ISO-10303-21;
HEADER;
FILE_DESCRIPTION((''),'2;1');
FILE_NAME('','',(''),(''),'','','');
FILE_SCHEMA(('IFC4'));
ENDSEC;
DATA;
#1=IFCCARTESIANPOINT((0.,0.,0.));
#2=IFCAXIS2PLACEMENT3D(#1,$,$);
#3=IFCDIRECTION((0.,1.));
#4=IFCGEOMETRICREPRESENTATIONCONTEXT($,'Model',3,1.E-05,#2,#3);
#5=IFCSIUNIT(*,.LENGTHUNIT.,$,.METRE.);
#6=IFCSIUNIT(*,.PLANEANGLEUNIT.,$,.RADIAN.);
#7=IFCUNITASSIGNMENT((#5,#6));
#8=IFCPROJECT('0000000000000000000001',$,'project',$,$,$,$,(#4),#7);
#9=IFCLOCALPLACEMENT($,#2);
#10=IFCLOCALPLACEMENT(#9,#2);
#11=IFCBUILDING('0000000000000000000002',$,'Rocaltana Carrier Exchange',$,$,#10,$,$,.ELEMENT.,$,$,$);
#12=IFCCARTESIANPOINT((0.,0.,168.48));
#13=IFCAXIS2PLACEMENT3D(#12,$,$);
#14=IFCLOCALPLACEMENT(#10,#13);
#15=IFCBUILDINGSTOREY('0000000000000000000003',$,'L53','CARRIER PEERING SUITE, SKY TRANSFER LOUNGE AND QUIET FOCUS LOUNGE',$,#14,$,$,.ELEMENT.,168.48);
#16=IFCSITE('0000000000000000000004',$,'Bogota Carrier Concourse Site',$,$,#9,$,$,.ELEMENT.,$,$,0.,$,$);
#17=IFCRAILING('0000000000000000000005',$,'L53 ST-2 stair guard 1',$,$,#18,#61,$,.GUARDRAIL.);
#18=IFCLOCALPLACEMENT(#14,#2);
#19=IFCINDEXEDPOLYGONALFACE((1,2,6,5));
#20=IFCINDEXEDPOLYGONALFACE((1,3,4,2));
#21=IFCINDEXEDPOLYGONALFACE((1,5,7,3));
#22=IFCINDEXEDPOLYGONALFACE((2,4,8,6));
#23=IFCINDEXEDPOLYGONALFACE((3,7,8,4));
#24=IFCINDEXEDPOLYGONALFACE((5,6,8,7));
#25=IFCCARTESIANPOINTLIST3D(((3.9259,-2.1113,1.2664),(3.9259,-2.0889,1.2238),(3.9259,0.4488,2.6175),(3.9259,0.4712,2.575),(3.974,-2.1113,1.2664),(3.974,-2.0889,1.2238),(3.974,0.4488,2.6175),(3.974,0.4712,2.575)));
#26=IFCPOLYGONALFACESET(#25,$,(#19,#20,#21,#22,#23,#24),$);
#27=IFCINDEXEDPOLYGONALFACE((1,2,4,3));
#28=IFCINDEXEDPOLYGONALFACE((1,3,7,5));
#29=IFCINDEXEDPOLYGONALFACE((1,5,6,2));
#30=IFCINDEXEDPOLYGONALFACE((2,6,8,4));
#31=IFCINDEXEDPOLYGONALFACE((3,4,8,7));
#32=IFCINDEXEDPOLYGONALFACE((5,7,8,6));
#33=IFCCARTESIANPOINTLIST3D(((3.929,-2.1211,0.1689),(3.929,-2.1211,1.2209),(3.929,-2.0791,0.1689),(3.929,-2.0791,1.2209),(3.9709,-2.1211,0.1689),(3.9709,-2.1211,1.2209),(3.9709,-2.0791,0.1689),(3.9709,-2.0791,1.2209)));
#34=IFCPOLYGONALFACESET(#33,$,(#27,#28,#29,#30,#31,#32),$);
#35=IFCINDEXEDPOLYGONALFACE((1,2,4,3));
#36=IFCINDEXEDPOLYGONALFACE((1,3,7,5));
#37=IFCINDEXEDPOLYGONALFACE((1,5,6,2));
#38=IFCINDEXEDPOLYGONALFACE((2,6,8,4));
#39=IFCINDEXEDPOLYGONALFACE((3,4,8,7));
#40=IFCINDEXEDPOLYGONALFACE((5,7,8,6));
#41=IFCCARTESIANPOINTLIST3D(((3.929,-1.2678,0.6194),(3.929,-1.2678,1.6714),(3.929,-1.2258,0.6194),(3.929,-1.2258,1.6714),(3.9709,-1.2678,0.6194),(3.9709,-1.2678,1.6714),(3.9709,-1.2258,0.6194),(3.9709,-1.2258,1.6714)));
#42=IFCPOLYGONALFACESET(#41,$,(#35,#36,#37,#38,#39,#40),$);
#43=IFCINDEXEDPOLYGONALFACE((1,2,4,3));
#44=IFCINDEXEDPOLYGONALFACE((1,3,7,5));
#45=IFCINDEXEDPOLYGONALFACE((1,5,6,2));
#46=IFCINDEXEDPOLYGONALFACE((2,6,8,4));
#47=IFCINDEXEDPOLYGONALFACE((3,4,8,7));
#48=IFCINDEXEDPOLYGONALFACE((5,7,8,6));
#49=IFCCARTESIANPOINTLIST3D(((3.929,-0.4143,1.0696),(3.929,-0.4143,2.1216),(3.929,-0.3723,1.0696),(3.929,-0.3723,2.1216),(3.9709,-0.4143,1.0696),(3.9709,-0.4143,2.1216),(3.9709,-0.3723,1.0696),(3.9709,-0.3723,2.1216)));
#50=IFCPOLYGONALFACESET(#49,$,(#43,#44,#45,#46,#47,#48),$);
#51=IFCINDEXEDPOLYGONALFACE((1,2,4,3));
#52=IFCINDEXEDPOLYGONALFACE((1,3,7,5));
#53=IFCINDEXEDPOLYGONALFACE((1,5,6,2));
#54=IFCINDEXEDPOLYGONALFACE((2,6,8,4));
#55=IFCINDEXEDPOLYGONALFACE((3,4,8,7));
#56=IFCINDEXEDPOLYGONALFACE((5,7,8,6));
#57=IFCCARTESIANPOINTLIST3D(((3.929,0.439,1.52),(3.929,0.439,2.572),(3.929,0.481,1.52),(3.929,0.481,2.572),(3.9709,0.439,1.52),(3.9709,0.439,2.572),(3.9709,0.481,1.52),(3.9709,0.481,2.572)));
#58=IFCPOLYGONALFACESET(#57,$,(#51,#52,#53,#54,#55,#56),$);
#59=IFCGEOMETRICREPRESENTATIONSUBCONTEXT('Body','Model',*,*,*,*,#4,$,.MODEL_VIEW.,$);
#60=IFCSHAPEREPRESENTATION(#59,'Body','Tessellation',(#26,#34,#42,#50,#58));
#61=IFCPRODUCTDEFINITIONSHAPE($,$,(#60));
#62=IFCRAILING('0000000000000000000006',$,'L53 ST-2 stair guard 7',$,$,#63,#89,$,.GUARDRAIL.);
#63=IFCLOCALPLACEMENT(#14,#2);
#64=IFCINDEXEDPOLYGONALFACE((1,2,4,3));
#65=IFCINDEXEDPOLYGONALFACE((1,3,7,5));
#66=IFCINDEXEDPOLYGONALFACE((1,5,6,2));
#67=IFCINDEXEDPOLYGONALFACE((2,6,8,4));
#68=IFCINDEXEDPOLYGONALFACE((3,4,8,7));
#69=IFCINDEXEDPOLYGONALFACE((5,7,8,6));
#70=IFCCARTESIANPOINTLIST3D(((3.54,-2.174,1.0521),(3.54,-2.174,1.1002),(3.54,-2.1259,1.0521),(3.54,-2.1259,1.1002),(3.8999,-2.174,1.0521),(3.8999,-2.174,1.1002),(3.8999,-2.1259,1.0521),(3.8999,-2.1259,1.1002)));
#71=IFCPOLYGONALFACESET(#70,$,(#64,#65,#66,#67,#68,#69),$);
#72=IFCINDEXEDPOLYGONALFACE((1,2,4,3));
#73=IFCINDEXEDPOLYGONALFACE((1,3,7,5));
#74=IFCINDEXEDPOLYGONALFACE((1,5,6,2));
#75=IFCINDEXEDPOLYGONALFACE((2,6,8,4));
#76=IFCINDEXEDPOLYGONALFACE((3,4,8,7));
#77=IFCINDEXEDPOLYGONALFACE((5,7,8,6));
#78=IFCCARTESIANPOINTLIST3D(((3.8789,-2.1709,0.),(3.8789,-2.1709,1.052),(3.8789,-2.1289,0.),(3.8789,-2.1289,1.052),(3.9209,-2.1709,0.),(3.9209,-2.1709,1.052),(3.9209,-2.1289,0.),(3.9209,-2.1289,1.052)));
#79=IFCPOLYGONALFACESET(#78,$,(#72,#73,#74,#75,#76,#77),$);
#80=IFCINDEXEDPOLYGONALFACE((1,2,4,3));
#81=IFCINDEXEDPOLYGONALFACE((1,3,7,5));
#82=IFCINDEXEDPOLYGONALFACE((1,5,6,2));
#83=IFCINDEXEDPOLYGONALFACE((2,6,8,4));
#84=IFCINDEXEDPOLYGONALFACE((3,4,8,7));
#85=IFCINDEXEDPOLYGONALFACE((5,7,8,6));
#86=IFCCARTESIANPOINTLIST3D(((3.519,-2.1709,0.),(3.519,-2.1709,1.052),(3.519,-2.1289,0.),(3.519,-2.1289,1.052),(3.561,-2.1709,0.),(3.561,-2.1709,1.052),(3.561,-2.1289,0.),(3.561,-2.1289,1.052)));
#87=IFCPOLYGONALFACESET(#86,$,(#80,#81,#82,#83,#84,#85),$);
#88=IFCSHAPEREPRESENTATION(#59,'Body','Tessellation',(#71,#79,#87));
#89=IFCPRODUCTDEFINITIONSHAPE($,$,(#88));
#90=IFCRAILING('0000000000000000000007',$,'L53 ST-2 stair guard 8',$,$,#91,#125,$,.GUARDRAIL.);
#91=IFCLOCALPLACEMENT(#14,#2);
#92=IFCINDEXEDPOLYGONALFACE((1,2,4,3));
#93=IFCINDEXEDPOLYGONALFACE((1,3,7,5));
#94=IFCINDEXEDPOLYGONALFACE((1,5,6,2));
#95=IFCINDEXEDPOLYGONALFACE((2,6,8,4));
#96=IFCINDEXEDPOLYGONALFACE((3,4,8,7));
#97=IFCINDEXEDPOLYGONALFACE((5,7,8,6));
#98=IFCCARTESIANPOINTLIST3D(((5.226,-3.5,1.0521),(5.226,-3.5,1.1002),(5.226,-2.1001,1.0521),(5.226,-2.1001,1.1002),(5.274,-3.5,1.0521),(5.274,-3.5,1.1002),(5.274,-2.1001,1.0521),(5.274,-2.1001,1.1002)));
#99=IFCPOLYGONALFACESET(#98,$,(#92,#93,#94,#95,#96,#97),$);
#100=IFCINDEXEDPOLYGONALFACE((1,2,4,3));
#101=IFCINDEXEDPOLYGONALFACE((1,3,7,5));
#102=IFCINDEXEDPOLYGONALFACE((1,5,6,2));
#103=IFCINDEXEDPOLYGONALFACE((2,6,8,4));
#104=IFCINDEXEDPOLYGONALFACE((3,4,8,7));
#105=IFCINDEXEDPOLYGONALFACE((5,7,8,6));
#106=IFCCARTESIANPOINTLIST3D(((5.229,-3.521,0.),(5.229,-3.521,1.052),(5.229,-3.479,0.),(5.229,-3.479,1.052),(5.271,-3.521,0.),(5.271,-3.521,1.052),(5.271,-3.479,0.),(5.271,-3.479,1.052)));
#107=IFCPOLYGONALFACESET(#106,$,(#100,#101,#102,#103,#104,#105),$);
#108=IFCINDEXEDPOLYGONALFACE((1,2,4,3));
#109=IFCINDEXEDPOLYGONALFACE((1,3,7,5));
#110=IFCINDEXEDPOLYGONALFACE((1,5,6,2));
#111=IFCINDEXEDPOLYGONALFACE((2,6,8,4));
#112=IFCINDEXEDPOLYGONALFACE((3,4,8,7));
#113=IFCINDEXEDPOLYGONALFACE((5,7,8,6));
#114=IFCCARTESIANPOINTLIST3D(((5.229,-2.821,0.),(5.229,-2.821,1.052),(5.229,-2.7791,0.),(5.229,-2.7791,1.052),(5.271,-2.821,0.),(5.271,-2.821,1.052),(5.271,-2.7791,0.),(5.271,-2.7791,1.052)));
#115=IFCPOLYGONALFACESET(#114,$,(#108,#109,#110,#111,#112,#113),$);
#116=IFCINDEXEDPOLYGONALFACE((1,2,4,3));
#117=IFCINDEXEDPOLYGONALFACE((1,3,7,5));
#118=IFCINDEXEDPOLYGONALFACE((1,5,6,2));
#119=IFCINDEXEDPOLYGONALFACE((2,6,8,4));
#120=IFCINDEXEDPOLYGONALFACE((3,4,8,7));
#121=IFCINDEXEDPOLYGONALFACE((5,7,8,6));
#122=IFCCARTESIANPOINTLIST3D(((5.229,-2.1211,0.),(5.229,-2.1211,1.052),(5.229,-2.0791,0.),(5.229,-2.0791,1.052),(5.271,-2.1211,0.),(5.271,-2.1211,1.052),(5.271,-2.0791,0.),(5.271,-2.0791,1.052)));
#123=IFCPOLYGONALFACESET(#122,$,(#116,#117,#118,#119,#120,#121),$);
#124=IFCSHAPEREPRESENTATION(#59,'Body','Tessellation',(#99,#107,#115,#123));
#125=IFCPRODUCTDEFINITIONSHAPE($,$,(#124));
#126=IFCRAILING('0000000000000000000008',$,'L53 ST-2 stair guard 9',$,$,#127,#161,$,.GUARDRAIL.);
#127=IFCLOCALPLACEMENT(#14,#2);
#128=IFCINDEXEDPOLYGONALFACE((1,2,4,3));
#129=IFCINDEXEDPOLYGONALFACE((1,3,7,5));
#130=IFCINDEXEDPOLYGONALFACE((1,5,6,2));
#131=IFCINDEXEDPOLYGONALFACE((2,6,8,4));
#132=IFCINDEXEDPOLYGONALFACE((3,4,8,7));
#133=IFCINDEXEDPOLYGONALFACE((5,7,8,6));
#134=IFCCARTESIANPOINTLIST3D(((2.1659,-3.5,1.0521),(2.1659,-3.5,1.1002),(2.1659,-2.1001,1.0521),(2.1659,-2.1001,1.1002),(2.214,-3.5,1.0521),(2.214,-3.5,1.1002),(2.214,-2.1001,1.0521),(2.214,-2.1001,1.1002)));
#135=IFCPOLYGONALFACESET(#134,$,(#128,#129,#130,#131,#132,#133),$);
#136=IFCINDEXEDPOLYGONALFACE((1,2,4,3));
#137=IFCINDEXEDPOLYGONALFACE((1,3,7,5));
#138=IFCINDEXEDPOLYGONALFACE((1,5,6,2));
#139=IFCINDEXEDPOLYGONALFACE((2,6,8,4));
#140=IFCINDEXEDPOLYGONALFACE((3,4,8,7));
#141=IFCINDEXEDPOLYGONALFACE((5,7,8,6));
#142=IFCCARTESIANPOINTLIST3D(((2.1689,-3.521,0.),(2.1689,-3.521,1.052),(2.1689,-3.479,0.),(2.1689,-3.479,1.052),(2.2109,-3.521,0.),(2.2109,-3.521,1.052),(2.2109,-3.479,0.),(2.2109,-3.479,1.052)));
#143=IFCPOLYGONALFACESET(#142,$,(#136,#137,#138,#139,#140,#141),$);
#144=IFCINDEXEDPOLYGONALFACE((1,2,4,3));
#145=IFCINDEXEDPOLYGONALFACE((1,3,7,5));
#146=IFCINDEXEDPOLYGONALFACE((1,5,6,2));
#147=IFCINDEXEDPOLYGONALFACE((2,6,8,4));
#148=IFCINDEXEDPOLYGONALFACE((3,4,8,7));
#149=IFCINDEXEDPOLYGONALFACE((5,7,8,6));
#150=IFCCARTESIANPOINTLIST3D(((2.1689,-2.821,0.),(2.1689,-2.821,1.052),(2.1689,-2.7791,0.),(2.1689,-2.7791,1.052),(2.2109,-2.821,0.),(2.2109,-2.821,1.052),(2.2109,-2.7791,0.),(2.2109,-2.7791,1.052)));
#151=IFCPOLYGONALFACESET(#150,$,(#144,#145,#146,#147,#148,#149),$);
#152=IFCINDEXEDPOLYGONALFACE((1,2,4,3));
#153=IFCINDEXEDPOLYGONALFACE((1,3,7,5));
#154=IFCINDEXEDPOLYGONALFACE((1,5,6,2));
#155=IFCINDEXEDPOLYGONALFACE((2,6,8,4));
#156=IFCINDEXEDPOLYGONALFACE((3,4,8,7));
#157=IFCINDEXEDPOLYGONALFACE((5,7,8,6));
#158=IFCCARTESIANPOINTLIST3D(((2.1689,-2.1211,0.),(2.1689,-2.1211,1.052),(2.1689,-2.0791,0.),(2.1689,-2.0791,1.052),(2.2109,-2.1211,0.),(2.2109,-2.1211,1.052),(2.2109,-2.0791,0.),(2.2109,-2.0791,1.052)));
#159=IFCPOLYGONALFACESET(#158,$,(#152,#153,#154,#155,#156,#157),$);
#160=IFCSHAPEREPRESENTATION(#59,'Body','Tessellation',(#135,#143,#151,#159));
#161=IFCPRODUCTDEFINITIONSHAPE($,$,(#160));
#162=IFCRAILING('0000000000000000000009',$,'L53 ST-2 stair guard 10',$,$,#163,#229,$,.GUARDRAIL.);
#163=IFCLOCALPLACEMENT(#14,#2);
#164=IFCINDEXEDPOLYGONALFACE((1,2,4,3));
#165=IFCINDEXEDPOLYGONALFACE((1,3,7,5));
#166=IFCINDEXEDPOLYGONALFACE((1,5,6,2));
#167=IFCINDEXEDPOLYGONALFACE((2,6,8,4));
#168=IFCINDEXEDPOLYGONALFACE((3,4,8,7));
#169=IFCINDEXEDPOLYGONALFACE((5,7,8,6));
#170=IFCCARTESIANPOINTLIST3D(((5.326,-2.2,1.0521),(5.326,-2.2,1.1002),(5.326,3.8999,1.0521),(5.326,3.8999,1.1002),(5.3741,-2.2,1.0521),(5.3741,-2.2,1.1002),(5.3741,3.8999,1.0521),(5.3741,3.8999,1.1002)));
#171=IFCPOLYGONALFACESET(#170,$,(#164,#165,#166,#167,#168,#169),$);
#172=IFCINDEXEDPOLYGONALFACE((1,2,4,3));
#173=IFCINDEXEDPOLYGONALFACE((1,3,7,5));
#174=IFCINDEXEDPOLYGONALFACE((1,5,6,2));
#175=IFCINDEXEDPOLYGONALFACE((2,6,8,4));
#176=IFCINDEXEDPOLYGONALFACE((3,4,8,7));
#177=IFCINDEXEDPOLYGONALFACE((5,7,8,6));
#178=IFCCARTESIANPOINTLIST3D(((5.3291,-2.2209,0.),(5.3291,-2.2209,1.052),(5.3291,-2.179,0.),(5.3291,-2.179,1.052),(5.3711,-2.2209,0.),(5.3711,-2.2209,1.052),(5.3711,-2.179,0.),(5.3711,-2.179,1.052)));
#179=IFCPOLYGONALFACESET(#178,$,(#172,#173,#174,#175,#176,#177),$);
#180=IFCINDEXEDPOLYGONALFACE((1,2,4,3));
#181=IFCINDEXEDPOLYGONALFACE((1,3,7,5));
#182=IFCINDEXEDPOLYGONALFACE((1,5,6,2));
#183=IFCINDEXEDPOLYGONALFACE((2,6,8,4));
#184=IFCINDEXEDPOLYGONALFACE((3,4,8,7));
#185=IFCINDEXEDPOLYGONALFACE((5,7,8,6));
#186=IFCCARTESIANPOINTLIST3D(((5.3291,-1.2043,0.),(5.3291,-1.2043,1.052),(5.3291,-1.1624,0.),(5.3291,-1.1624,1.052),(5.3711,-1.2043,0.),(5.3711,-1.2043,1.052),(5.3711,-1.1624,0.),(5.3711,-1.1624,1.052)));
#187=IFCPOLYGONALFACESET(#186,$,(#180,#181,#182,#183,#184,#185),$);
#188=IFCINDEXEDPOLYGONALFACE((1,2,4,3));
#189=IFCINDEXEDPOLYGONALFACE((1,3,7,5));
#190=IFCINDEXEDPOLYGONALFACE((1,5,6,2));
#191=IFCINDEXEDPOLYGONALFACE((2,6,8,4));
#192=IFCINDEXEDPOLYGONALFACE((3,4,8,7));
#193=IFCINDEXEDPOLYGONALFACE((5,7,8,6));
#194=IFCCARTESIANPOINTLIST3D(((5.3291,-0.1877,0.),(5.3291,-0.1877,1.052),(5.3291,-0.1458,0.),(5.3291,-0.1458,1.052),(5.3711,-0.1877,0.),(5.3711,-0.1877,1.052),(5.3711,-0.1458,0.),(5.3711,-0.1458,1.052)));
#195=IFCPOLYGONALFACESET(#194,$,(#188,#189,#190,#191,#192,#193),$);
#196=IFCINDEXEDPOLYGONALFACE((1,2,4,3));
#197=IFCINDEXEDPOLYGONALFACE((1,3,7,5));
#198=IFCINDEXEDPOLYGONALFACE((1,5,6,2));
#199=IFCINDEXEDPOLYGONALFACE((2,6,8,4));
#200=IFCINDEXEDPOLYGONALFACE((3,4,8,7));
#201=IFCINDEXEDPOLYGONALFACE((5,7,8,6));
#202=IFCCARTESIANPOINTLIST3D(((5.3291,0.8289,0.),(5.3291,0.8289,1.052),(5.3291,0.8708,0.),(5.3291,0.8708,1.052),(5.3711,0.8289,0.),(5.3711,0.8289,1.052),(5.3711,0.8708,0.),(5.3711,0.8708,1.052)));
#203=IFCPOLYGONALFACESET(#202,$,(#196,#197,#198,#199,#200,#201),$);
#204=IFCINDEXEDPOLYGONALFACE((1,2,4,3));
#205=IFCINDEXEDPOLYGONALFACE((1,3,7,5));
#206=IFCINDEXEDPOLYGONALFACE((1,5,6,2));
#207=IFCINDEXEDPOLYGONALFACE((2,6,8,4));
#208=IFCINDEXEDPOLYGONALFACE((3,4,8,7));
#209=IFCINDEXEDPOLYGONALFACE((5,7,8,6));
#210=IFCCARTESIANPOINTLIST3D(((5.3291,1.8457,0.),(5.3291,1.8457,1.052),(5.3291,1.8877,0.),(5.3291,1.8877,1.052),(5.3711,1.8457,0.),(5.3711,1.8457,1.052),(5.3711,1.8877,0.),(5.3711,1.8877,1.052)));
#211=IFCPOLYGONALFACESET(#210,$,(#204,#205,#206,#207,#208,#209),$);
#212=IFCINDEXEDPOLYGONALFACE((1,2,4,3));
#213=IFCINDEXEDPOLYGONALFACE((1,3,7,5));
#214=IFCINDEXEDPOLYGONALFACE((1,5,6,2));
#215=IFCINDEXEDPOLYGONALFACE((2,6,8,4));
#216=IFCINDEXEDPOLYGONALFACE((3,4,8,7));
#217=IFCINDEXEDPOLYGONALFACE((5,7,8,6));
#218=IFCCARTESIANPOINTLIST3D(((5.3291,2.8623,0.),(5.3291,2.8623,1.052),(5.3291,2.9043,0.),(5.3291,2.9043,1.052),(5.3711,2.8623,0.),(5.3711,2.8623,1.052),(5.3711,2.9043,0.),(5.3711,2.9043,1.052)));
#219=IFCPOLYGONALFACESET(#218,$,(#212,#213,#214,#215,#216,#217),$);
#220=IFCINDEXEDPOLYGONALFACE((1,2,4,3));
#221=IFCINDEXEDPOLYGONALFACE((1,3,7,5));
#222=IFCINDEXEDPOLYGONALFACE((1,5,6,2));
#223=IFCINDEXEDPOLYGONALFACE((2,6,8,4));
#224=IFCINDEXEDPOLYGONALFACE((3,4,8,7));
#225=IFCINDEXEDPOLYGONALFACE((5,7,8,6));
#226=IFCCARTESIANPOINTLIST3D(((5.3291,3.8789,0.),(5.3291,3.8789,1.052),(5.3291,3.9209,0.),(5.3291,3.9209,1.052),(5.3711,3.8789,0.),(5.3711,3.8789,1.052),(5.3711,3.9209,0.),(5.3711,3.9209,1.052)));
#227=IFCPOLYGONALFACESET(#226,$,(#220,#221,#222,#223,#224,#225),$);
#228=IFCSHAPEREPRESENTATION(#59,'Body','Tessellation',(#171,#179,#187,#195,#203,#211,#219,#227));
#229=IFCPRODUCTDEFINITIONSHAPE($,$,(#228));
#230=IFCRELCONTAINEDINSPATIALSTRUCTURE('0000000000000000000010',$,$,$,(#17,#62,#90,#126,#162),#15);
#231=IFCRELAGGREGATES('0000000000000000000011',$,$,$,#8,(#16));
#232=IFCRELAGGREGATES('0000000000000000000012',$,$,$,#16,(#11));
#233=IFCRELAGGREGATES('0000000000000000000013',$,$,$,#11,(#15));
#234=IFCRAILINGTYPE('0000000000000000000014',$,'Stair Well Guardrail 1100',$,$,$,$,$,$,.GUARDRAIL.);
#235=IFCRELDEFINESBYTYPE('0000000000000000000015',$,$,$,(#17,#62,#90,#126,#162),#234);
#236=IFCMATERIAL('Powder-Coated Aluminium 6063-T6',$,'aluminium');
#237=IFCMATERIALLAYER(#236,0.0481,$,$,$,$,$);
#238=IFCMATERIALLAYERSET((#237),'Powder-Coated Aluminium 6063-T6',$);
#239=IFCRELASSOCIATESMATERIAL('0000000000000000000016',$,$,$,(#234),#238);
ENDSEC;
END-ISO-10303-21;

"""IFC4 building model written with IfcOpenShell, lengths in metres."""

from ifc_helpers import new_model, si_unit, direction, frame, origin, origin_2d, place, context, subcontext, project, spatial, rectangle, extrude, material, layer, layer_set, type_object, element, save


model = new_model("IFC4")

# Units and contexts
model_context = context("Model", 3, precision=1e-05, world=origin(), true_north=direction((0.0, 1.0)))
body_context = subcontext(model_context, "Body", "Model", "MODEL_VIEW")
ifc_project = project(units=[si_unit("LENGTHUNIT", "METRE"), si_unit("PLANEANGLEUNIT", "RADIAN")], contexts=[model_context])

# Site, building, storey
site_placement = place(None, origin())
site = spatial("IfcSite", under=ifc_project, at=site_placement, Name="Bogota Carrier Concourse Site", CompositionType="ELEMENT", RefElevation=0.0)
building_placement = place(site_placement, origin())
building = spatial("IfcBuilding", under=site, at=building_placement, Name="Rocaltana Carrier Exchange", CompositionType="ELEMENT")
storey_placement = place(building_placement, frame((0.0, 0.0, 168.48)))
storey = spatial("IfcBuildingStorey", under=building, at=storey_placement, Name="L53", Description="CARRIER PEERING SUITE, SKY TRANSFER LOUNGE AND QUIET FOCUS LOUNGE", CompositionType="ELEMENT", Elevation=168.48)

# Railings
ifc_material_1 = material(Name="Powder-Coated Aluminium 6063-T6", Category="aluminium")
ifc_layer_1 = layer(ifc_material_1, 0.0481)
ifc_layer_set_1 = layer_set([ifc_layer_1], Name="Powder-Coated Aluminium 6063-T6")
railing_type_1 = type_object("IfcRailingType", Name="Stair Well Guardrail 1100", PredefinedType="GUARDRAIL", material=ifc_layer_set_1)
railing_1_placement = place(storey_placement, frame((3.95, -2.1001, 0.1689)))
element("IfcRailing", 1, at=railing_1_placement, inside=storey, type_object=railing_type_1, Name="L53 ST-2 stair guard 1", PredefinedType="GUARDRAIL", context=body_context, shape_type="SweptSolid", body=[
    extrude(rectangle(XDim=0.0481, YDim=0.0481, at=origin_2d()), frame((0.0, 0.0, 1.0762), z_axis=(0.0, 0.884394, 0.46674), x_axis=(-1.0, 0.0, 0.0)), (0.0, 0.0, 1.0), 2.8948),
    extrude(rectangle(XDim=0.042, YDim=0.042, at=origin_2d()), origin(), (0.0, 0.0, 1.0), 1.052),
    extrude(rectangle(XDim=0.042, YDim=0.042, at=origin_2d()), frame((0.0, 0.8533, 0.4504)), (0.0, 0.0, 1.0), 1.052),
    extrude(rectangle(XDim=0.042, YDim=0.042, at=origin_2d()), frame((0.0, 1.7068, 0.9006)), (0.0, 0.0, 1.0), 1.052),
    extrude(rectangle(XDim=0.042, YDim=0.042, at=origin_2d()), frame((0.0, 2.5601, 1.3511)), (0.0, 0.0, 1.0), 1.052),
])
railing_2_placement = place(storey_placement, frame((3.8999, -2.1499, 0.0)))
element("IfcRailing", 2, at=railing_2_placement, inside=storey, type_object=railing_type_1, Name="L53 ST-2 stair guard 7", PredefinedType="GUARDRAIL", context=body_context, shape_type="SweptSolid", body=[
    extrude(rectangle(XDim=0.0481, YDim=0.0481, at=origin_2d()), frame((0.0, 0.0, 1.0762), z_axis=(-1.0, 0.0, 0.0), x_axis=(0.0, -1.0, 0.0)), (0.0, 0.0, 1.0), 0.3599),
    extrude(rectangle(XDim=0.042, YDim=0.042, at=origin_2d()), origin(), (0.0, 0.0, 1.0), 1.052),
    extrude(rectangle(XDim=0.042, YDim=0.042, at=origin_2d()), frame((-0.3599, 0.0, 0.0)), (0.0, 0.0, 1.0), 1.052),
])
for number, where, name in (
    (3, (5.25, -3.5, 0.0), "L53 ST-2 stair guard 8"),
    (4, (2.1899, -3.5, 0.0), "L53 ST-2 stair guard 9"),
):
    element("IfcRailing", number, at=place(storey_placement, frame(where)), inside=storey, type_object=railing_type_1, Name=name, PredefinedType="GUARDRAIL", context=body_context, shape_type="SweptSolid", body=[
        extrude(rectangle(XDim=0.0481, YDim=0.0481, at=origin_2d()), frame((0.0, 0.0, 1.0762), z_axis=(0.0, 1.0, 0.0), x_axis=(-1.0, 0.0, 0.0)), (0.0, 0.0, 1.0), 1.3999),
        extrude(rectangle(XDim=0.042, YDim=0.042, at=origin_2d()), origin(), (0.0, 0.0, 1.0), 1.052),
        extrude(rectangle(XDim=0.042, YDim=0.042, at=origin_2d()), frame((0.0, 0.7, 0.0)), (0.0, 0.0, 1.0), 1.052),
        extrude(rectangle(XDim=0.042, YDim=0.042, at=origin_2d()), frame((0.0, 1.3999, 0.0)), (0.0, 0.0, 1.0), 1.052),
    ])
for number, where, name in (
    (5, (5.3501, -2.2, 0.0), "L53 ST-2 stair guard 10"),
):
    element("IfcRailing", number, at=place(storey_placement, frame(where)), inside=storey, type_object=railing_type_1, Name=name, PredefinedType="GUARDRAIL", context=body_context, shape_type="SweptSolid", body=[
        extrude(rectangle(XDim=0.0481, YDim=0.0481, at=origin_2d()), frame((0.0, 0.0, 1.0762), z_axis=(0.0, 1.0, 0.0), x_axis=(-1.0, 0.0, 0.0)), (0.0, 0.0, 1.0), 6.0999),
        extrude(rectangle(XDim=0.042, YDim=0.042, at=origin_2d()), origin(), (0.0, 0.0, 1.0), 1.052),
        extrude(rectangle(XDim=0.042, YDim=0.042, at=origin_2d()), frame((0.0, 1.0166, 0.0)), (0.0, 0.0, 1.0), 1.052),
        extrude(rectangle(XDim=0.042, YDim=0.042, at=origin_2d()), frame((0.0, 2.0332, 0.0)), (0.0, 0.0, 1.0), 1.052),
        extrude(rectangle(XDim=0.042, YDim=0.042, at=origin_2d()), frame((0.0, 3.0498, 0.0)), (0.0, 0.0, 1.0), 1.052),
        extrude(rectangle(XDim=0.042, YDim=0.042, at=origin_2d()), frame((0.0, 4.0667, 0.0)), (0.0, 0.0, 1.0), 1.052),
        extrude(rectangle(XDim=0.042, YDim=0.042, at=origin_2d()), frame((0.0, 5.0833, 0.0)), (0.0, 0.0, 1.0), 1.052),
        extrude(rectangle(XDim=0.042, YDim=0.042, at=origin_2d()), frame((0.0, 6.0999, 0.0)), (0.0, 0.0, 1.0), 1.052),
    ])

save(model, "model.ifc")
